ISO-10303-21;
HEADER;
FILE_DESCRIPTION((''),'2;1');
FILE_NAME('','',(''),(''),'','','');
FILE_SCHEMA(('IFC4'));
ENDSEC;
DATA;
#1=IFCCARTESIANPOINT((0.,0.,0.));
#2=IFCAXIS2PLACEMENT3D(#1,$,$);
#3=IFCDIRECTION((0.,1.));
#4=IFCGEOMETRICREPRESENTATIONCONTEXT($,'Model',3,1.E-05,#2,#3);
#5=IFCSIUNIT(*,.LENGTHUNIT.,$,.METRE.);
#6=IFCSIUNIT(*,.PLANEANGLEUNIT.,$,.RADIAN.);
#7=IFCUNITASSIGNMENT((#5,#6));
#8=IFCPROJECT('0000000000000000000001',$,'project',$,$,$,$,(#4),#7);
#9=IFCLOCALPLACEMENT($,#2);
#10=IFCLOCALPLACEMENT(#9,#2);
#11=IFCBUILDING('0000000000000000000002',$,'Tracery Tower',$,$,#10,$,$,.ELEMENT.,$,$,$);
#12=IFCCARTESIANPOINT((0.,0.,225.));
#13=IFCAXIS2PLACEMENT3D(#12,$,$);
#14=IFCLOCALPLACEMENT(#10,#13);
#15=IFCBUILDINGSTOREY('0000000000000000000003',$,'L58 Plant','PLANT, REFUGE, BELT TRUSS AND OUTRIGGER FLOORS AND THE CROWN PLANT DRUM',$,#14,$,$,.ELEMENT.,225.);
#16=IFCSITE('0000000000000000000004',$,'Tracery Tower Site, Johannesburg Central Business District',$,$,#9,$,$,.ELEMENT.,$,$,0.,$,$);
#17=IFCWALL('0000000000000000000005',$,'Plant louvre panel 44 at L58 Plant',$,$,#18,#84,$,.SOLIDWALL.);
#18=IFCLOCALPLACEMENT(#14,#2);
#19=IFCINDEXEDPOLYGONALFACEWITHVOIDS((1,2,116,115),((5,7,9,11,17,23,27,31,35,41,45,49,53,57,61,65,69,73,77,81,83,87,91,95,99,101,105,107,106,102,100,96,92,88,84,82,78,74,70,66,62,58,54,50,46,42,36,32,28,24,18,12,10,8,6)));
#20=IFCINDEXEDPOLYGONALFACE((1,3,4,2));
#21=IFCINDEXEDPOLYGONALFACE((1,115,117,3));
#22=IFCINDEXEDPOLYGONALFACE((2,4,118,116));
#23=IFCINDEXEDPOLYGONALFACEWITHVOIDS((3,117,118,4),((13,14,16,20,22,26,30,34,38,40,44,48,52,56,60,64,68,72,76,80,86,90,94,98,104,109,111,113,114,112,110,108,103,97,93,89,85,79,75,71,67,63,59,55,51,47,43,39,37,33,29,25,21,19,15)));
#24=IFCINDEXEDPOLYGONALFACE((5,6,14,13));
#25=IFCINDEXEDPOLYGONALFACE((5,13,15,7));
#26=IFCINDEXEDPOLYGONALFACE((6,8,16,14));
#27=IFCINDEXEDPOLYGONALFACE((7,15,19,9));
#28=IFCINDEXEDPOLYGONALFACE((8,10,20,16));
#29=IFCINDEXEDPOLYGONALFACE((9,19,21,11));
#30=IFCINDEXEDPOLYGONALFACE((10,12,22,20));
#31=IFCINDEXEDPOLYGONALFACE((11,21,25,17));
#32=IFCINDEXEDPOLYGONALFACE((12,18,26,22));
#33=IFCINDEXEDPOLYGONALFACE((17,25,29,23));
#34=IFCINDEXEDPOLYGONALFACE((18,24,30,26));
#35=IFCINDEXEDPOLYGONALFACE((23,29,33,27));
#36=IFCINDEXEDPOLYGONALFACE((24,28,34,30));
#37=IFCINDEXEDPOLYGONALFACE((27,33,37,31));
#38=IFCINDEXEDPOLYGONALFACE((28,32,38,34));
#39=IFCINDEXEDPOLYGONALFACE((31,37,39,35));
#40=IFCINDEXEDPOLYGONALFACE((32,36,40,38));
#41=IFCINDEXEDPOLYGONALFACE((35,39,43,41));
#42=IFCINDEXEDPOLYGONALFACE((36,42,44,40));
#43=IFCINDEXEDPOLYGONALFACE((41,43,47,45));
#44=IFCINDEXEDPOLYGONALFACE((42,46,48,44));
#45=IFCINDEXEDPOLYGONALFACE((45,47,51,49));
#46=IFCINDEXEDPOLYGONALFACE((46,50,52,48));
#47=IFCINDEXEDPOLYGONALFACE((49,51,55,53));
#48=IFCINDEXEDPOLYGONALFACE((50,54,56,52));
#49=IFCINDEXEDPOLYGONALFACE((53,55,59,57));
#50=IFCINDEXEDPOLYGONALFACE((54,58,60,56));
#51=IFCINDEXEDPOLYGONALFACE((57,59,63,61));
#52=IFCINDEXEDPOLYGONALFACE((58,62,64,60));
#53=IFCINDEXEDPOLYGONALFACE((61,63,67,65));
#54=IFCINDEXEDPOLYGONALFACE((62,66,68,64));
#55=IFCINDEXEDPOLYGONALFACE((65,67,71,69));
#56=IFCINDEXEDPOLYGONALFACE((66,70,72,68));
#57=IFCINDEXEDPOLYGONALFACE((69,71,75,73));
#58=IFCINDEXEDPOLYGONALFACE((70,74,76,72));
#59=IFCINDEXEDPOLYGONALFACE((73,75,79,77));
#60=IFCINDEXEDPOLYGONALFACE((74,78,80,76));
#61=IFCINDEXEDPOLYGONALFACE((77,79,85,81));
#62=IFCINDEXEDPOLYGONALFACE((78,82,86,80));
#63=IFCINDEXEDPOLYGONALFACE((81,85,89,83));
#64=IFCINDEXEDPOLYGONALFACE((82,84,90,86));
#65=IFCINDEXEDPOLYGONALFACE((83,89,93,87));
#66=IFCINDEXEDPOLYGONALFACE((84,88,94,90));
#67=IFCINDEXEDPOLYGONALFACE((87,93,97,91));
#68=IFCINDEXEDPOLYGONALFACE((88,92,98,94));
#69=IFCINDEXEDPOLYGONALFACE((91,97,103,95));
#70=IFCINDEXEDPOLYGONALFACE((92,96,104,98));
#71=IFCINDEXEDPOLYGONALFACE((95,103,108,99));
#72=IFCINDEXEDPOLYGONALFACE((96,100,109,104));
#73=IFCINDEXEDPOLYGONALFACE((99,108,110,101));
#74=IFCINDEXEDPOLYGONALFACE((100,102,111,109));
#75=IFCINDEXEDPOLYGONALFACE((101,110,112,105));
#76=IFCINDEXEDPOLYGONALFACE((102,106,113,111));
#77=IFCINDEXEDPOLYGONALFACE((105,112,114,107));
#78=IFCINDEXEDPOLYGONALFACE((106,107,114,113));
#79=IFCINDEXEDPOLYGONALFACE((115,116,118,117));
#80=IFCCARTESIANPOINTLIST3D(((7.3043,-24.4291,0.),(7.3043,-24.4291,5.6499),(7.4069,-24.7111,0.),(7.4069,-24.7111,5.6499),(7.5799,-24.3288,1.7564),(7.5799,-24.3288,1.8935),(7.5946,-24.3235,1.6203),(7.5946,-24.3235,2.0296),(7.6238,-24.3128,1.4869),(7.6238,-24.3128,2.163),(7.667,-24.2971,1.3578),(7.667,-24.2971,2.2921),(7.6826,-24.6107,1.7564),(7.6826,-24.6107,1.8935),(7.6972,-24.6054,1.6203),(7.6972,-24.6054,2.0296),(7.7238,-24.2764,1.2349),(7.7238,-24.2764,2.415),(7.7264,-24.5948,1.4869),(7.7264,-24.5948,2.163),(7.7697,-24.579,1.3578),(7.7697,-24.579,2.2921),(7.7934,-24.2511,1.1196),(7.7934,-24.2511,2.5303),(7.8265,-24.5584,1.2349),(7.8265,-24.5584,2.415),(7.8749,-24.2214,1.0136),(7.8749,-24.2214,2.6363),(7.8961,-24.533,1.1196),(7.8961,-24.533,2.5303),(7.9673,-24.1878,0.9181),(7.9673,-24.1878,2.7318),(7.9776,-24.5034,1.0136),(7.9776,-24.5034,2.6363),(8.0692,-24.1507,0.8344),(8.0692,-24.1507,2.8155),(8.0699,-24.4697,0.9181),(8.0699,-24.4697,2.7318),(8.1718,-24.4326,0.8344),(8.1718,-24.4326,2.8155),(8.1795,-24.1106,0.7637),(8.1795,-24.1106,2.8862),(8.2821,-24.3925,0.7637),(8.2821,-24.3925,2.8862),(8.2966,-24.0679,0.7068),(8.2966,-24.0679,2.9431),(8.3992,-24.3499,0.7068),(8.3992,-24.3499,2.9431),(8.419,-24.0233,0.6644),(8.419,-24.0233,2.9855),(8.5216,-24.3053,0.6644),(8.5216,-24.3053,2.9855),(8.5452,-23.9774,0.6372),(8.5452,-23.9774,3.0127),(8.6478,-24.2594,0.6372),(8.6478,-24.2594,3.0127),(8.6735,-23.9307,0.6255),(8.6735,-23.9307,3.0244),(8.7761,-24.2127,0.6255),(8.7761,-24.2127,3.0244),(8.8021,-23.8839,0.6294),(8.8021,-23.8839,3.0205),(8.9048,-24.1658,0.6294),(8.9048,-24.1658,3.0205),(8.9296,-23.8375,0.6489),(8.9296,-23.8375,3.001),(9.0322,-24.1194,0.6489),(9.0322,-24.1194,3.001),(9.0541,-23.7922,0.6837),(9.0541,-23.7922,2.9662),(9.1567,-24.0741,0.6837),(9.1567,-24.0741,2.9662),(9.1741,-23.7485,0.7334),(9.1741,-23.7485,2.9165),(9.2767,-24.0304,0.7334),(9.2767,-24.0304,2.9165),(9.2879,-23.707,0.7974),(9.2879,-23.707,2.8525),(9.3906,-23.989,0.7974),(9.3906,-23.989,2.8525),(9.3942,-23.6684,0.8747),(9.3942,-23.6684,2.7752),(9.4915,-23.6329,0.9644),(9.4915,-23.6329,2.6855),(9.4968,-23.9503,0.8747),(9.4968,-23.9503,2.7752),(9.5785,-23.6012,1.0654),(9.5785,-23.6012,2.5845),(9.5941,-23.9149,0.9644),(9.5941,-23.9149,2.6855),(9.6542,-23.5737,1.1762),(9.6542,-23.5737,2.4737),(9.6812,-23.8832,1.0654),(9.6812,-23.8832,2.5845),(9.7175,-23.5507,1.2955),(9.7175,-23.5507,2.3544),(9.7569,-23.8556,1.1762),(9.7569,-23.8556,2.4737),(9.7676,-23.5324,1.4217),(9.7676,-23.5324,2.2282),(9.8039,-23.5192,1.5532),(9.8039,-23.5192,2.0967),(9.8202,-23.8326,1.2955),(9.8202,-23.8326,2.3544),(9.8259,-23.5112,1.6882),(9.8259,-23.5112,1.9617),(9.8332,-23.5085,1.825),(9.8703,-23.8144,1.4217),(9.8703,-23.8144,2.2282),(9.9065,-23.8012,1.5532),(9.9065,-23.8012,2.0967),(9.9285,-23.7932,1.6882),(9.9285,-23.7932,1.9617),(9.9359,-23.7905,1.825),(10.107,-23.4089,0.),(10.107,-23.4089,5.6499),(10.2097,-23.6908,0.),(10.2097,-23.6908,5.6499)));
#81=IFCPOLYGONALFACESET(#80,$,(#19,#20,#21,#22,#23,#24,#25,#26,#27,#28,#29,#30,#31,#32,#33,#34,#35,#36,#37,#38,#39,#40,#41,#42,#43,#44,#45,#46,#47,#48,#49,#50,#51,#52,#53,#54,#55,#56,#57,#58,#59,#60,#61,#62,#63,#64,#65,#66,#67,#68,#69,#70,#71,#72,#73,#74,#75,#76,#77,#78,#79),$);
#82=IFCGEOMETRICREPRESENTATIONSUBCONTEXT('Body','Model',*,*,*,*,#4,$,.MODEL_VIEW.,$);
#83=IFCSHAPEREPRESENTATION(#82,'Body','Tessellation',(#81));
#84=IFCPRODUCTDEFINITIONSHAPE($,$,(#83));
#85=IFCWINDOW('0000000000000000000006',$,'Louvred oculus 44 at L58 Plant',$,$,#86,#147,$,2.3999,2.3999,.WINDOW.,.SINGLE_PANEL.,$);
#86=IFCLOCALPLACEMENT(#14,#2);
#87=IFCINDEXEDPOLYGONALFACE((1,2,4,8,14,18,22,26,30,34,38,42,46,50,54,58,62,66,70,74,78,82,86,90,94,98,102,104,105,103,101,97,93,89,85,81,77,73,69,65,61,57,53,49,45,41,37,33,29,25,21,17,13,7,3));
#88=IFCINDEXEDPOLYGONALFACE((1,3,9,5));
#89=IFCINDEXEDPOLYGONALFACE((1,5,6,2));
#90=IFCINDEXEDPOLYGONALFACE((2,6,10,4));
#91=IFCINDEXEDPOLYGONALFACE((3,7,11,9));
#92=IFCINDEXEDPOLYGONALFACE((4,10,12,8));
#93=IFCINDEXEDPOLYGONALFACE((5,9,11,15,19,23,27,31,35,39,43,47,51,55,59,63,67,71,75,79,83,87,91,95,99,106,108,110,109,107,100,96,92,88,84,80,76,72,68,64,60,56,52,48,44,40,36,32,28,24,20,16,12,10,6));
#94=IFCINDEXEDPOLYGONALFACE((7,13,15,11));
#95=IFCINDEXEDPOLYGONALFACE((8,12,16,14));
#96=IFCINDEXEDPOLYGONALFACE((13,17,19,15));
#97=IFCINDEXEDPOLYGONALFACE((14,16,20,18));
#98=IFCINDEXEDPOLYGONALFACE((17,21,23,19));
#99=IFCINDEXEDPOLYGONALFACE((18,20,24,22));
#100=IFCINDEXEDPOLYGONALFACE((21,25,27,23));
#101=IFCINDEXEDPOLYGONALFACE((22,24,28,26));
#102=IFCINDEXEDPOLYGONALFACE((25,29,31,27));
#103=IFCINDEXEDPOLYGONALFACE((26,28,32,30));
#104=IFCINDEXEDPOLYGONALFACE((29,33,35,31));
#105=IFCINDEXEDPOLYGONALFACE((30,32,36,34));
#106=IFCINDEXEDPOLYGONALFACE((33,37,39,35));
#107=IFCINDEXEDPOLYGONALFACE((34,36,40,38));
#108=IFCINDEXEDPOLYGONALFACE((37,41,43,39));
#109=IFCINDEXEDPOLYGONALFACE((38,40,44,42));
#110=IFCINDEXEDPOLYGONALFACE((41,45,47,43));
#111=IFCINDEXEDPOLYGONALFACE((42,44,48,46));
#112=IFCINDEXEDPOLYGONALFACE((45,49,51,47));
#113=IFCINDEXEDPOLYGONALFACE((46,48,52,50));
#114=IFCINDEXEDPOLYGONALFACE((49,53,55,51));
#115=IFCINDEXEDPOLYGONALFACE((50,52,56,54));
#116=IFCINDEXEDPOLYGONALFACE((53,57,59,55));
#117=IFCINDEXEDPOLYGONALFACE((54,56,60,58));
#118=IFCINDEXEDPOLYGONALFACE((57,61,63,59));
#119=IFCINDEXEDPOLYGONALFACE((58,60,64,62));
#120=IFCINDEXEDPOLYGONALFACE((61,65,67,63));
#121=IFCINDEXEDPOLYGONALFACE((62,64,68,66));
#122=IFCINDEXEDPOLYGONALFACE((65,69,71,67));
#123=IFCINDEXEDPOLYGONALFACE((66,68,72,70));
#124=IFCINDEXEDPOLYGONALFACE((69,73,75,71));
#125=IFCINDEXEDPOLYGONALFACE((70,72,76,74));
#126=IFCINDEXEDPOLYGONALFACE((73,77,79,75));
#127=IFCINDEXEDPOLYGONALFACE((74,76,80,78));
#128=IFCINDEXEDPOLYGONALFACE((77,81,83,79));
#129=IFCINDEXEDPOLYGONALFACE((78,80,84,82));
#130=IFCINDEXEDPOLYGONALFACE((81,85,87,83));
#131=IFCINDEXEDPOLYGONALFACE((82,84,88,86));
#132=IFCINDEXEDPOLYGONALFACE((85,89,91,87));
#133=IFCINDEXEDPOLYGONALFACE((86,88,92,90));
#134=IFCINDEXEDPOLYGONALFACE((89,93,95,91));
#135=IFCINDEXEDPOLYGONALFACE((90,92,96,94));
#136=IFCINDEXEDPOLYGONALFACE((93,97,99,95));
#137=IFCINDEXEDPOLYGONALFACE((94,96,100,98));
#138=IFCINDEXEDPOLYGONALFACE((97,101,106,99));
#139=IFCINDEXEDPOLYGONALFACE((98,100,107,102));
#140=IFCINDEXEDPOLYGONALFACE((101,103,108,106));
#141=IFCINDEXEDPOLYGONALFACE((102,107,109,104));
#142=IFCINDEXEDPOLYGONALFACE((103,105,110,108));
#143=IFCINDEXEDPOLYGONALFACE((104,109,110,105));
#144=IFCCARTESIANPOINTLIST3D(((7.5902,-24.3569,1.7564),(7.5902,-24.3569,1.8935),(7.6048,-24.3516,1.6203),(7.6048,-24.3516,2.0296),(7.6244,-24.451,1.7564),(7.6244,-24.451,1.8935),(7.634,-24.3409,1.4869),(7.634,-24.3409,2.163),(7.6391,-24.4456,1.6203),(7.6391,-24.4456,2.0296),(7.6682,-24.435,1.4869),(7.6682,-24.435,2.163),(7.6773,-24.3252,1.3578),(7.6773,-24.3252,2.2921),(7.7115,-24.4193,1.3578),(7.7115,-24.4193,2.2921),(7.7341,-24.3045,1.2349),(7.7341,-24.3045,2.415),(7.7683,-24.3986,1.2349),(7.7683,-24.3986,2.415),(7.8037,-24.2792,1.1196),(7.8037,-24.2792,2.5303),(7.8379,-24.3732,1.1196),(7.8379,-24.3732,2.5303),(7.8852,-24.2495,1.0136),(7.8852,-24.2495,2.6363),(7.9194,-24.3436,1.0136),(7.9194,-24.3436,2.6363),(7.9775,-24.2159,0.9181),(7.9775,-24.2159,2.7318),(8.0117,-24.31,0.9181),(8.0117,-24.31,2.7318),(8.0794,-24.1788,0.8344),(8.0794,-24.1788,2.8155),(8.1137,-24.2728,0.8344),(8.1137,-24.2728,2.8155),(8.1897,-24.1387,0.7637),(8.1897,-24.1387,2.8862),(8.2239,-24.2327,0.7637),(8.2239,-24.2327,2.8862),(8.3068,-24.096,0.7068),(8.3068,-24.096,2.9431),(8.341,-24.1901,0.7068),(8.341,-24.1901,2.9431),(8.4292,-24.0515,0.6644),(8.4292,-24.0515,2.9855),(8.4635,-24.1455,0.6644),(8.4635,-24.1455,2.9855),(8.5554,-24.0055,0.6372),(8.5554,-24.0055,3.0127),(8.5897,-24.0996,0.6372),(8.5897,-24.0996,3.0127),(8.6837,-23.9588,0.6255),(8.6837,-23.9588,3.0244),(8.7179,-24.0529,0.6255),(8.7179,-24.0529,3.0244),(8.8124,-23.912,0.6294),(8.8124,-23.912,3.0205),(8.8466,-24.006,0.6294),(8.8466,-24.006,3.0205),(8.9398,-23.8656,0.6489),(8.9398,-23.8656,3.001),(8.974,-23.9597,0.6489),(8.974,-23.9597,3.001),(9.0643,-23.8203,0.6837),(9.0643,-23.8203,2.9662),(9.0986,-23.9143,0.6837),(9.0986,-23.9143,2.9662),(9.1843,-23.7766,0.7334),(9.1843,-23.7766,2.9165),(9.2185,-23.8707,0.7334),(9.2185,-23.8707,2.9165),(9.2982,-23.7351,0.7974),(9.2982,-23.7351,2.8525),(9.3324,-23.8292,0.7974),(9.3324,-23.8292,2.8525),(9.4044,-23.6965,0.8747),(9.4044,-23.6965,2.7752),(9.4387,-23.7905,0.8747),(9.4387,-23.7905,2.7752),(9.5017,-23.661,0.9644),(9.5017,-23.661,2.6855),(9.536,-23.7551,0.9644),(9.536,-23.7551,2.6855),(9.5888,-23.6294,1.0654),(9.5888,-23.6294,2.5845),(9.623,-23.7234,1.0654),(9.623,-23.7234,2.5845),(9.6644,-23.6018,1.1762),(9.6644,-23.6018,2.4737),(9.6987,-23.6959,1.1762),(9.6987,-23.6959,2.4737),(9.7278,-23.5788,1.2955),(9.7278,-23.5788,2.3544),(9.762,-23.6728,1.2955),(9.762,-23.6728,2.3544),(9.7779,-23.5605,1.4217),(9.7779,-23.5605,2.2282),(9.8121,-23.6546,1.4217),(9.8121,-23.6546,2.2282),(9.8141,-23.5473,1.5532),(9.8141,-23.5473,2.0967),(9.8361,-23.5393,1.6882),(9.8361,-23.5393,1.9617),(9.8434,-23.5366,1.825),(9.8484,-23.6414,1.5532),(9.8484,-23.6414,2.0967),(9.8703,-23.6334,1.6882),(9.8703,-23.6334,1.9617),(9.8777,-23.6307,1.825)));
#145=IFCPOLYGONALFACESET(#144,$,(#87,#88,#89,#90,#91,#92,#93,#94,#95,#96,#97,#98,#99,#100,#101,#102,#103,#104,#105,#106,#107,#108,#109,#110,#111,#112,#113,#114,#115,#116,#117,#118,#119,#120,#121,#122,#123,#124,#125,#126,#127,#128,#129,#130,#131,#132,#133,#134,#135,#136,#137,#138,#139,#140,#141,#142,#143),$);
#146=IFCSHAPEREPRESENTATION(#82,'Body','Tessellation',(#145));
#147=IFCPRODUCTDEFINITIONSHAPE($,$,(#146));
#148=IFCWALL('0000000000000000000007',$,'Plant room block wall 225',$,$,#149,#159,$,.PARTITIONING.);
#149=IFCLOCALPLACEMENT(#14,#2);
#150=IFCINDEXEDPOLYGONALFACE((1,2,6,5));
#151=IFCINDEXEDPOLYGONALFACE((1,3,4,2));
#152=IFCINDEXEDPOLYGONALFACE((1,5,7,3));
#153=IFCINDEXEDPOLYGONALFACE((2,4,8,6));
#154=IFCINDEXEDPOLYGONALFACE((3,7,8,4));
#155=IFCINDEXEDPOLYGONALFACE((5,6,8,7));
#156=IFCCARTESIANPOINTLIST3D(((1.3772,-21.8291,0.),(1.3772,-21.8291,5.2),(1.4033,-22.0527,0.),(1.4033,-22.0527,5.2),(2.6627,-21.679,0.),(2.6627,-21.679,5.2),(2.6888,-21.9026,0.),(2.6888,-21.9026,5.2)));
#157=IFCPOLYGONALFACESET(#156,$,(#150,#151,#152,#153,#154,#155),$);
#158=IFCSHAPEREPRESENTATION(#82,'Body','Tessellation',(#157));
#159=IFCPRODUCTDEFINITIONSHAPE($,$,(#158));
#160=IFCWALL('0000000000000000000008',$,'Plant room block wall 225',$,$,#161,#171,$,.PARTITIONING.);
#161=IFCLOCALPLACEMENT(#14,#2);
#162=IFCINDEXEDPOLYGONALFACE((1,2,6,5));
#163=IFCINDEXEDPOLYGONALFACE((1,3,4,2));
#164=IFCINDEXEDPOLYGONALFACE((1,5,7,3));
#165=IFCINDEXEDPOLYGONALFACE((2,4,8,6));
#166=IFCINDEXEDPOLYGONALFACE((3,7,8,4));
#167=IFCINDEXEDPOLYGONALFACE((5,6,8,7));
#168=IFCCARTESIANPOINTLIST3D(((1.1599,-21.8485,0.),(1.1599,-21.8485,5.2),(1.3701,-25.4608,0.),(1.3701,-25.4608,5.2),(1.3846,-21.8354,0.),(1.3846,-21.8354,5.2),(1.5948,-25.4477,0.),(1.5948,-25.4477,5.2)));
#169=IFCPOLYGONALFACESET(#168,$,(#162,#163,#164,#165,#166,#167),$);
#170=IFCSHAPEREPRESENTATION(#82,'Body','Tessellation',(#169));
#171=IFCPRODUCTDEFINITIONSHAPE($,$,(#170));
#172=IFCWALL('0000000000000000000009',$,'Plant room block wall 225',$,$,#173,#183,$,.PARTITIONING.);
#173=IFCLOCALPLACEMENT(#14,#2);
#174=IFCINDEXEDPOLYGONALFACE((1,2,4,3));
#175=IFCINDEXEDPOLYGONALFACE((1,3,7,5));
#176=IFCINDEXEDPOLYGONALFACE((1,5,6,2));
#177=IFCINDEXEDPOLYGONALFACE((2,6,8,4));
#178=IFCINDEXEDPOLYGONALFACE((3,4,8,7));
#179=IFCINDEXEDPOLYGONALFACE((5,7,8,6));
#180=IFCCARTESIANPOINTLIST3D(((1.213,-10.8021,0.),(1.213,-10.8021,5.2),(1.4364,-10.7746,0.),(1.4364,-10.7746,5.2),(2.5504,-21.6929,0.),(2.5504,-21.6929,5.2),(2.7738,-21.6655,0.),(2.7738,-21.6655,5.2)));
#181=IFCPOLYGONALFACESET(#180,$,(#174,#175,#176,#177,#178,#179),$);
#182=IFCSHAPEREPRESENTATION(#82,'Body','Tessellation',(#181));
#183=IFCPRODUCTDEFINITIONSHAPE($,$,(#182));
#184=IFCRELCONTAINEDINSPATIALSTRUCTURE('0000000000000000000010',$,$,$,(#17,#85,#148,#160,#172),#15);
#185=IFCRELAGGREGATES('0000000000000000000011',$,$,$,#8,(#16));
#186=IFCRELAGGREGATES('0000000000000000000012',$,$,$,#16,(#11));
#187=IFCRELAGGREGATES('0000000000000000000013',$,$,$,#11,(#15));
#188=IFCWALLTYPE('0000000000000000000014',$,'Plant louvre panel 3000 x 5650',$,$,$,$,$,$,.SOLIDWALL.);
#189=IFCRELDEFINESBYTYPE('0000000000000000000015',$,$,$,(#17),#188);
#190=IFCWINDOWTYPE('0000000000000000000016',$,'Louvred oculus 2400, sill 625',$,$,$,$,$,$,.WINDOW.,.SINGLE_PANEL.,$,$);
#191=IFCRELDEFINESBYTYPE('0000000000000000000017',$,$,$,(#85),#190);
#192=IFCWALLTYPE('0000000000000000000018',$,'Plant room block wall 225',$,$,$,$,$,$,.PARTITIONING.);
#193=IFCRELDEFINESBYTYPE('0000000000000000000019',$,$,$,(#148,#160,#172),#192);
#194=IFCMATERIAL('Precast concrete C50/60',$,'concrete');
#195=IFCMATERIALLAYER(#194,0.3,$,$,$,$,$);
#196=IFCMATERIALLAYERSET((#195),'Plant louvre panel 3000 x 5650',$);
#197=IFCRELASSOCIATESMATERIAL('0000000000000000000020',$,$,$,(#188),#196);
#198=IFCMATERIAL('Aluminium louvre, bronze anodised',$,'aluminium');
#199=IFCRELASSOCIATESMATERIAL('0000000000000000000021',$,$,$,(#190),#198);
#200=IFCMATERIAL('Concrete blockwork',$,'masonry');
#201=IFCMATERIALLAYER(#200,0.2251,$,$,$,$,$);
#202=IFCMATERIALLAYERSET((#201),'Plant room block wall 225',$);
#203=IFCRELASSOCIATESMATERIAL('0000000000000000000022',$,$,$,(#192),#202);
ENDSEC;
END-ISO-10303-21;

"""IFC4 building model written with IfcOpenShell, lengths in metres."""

from ifc_helpers import new_model, si_unit, direction, frame, frame_2d, origin, origin_2d, place, context, subcontext, project, spatial, rectangle, circle, extrude, material, layer, layer_set, type_object, element, fill, save


model = new_model("IFC4")

# Units and contexts
model_context = context("Model", 3, precision=1e-05, world=origin(), true_north=direction((0.0, 1.0)))
body_context = subcontext(model_context, "Body", "Model", "MODEL_VIEW")
ifc_project = project(units=[si_unit("LENGTHUNIT", "METRE"), si_unit("PLANEANGLEUNIT", "RADIAN")], contexts=[model_context])

# Site, building, storey
site_placement = place(None, origin())
site = spatial("IfcSite", under=ifc_project, at=site_placement, Name="Tracery Tower Site, Johannesburg Central Business District", CompositionType="ELEMENT", RefElevation=0.0)
building_placement = place(site_placement, origin())
building = spatial("IfcBuilding", under=site, at=building_placement, Name="Tracery Tower", CompositionType="ELEMENT")
storey_placement = place(building_placement, frame((0.0, 0.0, 225.0)))
storey = spatial("IfcBuildingStorey", under=building, at=storey_placement, Name="L58 Plant", Description="PLANT, REFUGE, BELT TRUSS AND OUTRIGGER FLOORS AND THE CROWN PLANT DRUM", CompositionType="ELEMENT", Elevation=225.0)

# Wall, opening, window
ifc_material_1 = material(Name="Precast concrete C50/60", Category="concrete")
ifc_layer_1 = layer(ifc_material_1, 0.3)
ifc_layer_set_1 = layer_set([ifc_layer_1], Name="Plant louvre panel 3000 x 5650")
wall_type_1 = type_object("IfcWallType", Name="Plant louvre panel 3000 x 5650", PredefinedType="SOLIDWALL", material=ifc_layer_set_1)
ifc_material_2 = material(Name="Aluminium louvre, bronze anodised", Category="aluminium")
window_type = type_object("IfcWindowType", Name="Louvred oculus 2400, sill 625", PartitioningType="SINGLE_PANEL", PredefinedType="WINDOW", material=ifc_material_2)
wall_1_placement = place(storey_placement, frame((7.3557, -24.5701, 0.0), z_axis=(0.0, 0.0, 1.0), x_axis=(0.939676, 0.342065, 0.0)))
wall_1 = element("IfcWall", 1, at=wall_1_placement, inside=storey, type_object=wall_type_1, Name="Plant louvre panel 44 at L58 Plant", PredefinedType="SOLIDWALL", context=body_context, shape_type="SweptSolid", body=[
    extrude(rectangle(XDim=2.9827, YDim=0.3, at=frame_2d((1.4912, 0.0))), origin(), (0.0, 0.0, 1.0), 5.6499),
])
opening_1_placement = place(wall_1_placement, frame((1.4912, 0.0, 1.825)))
opening_1 = element("IfcOpeningElement", 2, at=opening_1_placement, cuts=wall_1, PredefinedType="OPENING", context=body_context, shape_type="SweptSolid", body=[
    extrude(circle(Radius=1.2, at=origin_2d()), frame((0.0, 0.1599, 0.0), z_axis=(0.0, -1.0, 0.0), x_axis=(1.0, 0.0, 0.0)), (0.0, 0.0, 1.0), 0.3201),
])
window_1_placement = place(opening_1_placement, origin())
window_1 = element("IfcWindow", 3, at=window_1_placement, inside=storey, type_object=window_type, Name="Louvred oculus 44 at L58 Plant", OverallHeight=2.3999, OverallWidth=2.3999, PartitioningType="SINGLE_PANEL", PredefinedType="WINDOW", context=body_context, shape_type="SweptSolid", body=[
    extrude(circle(Radius=1.2, at=origin_2d()), frame((0.0, 0.1201, 0.0), z_axis=(0.0, -1.0, 0.0), x_axis=(1.0, 0.0, 0.0)), (0.0, 0.0, 1.0), 0.1001),
])
fill(opening_1, window_1)

# Walls
ifc_material_3 = material(Name="Concrete blockwork", Category="masonry")
ifc_layer_2 = layer(ifc_material_3, 0.2251)
ifc_layer_set_2 = layer_set([ifc_layer_2], Name="Plant room block wall 225")
wall_type_2 = type_object("IfcWallType", Name="Plant room block wall 225", PredefinedType="PARTITIONING", material=ifc_layer_set_2)
wall_2_placement = place(storey_placement, frame((1.3904, -21.9409, 0.0), z_axis=(0.0, 0.0, 1.0), x_axis=(0.993247, 0.11602, 0.0)))
element("IfcWall", 4, at=wall_2_placement, inside=storey, type_object=wall_type_2, Name="Plant room block wall 225", PredefinedType="PARTITIONING", context=body_context, shape_type="SweptSolid", body=[
    extrude(rectangle(XDim=1.2942, YDim=0.2251, at=frame_2d((0.647, 0.0))), origin(), (0.0, 0.0, 1.0), 5.2),
])
wall_3_placement = place(storey_placement, frame((1.4824, -25.4541, 0.0), z_axis=(0.0, 0.0, 1.0), x_axis=(-0.058093, 0.998311, 0.0)))
element("IfcWall", 5, at=wall_3_placement, inside=storey, type_object=wall_type_2, Name="Plant room block wall 225", PredefinedType="PARTITIONING", context=body_context, shape_type="SweptSolid", body=[
    extrude(rectangle(XDim=3.6184, YDim=0.2251, at=frame_2d((1.8091, 0.0))), origin(), (0.0, 0.0, 1.0), 5.2),
])
wall_4_placement = place(storey_placement, frame((2.6621, -21.6792, 0.0), z_axis=(0.0, 0.0, 1.0), x_axis=(-0.121885, 0.992544, 0.0)))
element("IfcWall", 6, at=wall_4_placement, inside=storey, type_object=wall_type_2, Name="Plant room block wall 225", PredefinedType="PARTITIONING", context=body_context, shape_type="SweptSolid", body=[
    extrude(rectangle(XDim=10.9727, YDim=0.2251, at=frame_2d((5.4863, 0.0))), origin(), (0.0, 0.0, 1.0), 5.2),
])

save(model, "model.ifc")
